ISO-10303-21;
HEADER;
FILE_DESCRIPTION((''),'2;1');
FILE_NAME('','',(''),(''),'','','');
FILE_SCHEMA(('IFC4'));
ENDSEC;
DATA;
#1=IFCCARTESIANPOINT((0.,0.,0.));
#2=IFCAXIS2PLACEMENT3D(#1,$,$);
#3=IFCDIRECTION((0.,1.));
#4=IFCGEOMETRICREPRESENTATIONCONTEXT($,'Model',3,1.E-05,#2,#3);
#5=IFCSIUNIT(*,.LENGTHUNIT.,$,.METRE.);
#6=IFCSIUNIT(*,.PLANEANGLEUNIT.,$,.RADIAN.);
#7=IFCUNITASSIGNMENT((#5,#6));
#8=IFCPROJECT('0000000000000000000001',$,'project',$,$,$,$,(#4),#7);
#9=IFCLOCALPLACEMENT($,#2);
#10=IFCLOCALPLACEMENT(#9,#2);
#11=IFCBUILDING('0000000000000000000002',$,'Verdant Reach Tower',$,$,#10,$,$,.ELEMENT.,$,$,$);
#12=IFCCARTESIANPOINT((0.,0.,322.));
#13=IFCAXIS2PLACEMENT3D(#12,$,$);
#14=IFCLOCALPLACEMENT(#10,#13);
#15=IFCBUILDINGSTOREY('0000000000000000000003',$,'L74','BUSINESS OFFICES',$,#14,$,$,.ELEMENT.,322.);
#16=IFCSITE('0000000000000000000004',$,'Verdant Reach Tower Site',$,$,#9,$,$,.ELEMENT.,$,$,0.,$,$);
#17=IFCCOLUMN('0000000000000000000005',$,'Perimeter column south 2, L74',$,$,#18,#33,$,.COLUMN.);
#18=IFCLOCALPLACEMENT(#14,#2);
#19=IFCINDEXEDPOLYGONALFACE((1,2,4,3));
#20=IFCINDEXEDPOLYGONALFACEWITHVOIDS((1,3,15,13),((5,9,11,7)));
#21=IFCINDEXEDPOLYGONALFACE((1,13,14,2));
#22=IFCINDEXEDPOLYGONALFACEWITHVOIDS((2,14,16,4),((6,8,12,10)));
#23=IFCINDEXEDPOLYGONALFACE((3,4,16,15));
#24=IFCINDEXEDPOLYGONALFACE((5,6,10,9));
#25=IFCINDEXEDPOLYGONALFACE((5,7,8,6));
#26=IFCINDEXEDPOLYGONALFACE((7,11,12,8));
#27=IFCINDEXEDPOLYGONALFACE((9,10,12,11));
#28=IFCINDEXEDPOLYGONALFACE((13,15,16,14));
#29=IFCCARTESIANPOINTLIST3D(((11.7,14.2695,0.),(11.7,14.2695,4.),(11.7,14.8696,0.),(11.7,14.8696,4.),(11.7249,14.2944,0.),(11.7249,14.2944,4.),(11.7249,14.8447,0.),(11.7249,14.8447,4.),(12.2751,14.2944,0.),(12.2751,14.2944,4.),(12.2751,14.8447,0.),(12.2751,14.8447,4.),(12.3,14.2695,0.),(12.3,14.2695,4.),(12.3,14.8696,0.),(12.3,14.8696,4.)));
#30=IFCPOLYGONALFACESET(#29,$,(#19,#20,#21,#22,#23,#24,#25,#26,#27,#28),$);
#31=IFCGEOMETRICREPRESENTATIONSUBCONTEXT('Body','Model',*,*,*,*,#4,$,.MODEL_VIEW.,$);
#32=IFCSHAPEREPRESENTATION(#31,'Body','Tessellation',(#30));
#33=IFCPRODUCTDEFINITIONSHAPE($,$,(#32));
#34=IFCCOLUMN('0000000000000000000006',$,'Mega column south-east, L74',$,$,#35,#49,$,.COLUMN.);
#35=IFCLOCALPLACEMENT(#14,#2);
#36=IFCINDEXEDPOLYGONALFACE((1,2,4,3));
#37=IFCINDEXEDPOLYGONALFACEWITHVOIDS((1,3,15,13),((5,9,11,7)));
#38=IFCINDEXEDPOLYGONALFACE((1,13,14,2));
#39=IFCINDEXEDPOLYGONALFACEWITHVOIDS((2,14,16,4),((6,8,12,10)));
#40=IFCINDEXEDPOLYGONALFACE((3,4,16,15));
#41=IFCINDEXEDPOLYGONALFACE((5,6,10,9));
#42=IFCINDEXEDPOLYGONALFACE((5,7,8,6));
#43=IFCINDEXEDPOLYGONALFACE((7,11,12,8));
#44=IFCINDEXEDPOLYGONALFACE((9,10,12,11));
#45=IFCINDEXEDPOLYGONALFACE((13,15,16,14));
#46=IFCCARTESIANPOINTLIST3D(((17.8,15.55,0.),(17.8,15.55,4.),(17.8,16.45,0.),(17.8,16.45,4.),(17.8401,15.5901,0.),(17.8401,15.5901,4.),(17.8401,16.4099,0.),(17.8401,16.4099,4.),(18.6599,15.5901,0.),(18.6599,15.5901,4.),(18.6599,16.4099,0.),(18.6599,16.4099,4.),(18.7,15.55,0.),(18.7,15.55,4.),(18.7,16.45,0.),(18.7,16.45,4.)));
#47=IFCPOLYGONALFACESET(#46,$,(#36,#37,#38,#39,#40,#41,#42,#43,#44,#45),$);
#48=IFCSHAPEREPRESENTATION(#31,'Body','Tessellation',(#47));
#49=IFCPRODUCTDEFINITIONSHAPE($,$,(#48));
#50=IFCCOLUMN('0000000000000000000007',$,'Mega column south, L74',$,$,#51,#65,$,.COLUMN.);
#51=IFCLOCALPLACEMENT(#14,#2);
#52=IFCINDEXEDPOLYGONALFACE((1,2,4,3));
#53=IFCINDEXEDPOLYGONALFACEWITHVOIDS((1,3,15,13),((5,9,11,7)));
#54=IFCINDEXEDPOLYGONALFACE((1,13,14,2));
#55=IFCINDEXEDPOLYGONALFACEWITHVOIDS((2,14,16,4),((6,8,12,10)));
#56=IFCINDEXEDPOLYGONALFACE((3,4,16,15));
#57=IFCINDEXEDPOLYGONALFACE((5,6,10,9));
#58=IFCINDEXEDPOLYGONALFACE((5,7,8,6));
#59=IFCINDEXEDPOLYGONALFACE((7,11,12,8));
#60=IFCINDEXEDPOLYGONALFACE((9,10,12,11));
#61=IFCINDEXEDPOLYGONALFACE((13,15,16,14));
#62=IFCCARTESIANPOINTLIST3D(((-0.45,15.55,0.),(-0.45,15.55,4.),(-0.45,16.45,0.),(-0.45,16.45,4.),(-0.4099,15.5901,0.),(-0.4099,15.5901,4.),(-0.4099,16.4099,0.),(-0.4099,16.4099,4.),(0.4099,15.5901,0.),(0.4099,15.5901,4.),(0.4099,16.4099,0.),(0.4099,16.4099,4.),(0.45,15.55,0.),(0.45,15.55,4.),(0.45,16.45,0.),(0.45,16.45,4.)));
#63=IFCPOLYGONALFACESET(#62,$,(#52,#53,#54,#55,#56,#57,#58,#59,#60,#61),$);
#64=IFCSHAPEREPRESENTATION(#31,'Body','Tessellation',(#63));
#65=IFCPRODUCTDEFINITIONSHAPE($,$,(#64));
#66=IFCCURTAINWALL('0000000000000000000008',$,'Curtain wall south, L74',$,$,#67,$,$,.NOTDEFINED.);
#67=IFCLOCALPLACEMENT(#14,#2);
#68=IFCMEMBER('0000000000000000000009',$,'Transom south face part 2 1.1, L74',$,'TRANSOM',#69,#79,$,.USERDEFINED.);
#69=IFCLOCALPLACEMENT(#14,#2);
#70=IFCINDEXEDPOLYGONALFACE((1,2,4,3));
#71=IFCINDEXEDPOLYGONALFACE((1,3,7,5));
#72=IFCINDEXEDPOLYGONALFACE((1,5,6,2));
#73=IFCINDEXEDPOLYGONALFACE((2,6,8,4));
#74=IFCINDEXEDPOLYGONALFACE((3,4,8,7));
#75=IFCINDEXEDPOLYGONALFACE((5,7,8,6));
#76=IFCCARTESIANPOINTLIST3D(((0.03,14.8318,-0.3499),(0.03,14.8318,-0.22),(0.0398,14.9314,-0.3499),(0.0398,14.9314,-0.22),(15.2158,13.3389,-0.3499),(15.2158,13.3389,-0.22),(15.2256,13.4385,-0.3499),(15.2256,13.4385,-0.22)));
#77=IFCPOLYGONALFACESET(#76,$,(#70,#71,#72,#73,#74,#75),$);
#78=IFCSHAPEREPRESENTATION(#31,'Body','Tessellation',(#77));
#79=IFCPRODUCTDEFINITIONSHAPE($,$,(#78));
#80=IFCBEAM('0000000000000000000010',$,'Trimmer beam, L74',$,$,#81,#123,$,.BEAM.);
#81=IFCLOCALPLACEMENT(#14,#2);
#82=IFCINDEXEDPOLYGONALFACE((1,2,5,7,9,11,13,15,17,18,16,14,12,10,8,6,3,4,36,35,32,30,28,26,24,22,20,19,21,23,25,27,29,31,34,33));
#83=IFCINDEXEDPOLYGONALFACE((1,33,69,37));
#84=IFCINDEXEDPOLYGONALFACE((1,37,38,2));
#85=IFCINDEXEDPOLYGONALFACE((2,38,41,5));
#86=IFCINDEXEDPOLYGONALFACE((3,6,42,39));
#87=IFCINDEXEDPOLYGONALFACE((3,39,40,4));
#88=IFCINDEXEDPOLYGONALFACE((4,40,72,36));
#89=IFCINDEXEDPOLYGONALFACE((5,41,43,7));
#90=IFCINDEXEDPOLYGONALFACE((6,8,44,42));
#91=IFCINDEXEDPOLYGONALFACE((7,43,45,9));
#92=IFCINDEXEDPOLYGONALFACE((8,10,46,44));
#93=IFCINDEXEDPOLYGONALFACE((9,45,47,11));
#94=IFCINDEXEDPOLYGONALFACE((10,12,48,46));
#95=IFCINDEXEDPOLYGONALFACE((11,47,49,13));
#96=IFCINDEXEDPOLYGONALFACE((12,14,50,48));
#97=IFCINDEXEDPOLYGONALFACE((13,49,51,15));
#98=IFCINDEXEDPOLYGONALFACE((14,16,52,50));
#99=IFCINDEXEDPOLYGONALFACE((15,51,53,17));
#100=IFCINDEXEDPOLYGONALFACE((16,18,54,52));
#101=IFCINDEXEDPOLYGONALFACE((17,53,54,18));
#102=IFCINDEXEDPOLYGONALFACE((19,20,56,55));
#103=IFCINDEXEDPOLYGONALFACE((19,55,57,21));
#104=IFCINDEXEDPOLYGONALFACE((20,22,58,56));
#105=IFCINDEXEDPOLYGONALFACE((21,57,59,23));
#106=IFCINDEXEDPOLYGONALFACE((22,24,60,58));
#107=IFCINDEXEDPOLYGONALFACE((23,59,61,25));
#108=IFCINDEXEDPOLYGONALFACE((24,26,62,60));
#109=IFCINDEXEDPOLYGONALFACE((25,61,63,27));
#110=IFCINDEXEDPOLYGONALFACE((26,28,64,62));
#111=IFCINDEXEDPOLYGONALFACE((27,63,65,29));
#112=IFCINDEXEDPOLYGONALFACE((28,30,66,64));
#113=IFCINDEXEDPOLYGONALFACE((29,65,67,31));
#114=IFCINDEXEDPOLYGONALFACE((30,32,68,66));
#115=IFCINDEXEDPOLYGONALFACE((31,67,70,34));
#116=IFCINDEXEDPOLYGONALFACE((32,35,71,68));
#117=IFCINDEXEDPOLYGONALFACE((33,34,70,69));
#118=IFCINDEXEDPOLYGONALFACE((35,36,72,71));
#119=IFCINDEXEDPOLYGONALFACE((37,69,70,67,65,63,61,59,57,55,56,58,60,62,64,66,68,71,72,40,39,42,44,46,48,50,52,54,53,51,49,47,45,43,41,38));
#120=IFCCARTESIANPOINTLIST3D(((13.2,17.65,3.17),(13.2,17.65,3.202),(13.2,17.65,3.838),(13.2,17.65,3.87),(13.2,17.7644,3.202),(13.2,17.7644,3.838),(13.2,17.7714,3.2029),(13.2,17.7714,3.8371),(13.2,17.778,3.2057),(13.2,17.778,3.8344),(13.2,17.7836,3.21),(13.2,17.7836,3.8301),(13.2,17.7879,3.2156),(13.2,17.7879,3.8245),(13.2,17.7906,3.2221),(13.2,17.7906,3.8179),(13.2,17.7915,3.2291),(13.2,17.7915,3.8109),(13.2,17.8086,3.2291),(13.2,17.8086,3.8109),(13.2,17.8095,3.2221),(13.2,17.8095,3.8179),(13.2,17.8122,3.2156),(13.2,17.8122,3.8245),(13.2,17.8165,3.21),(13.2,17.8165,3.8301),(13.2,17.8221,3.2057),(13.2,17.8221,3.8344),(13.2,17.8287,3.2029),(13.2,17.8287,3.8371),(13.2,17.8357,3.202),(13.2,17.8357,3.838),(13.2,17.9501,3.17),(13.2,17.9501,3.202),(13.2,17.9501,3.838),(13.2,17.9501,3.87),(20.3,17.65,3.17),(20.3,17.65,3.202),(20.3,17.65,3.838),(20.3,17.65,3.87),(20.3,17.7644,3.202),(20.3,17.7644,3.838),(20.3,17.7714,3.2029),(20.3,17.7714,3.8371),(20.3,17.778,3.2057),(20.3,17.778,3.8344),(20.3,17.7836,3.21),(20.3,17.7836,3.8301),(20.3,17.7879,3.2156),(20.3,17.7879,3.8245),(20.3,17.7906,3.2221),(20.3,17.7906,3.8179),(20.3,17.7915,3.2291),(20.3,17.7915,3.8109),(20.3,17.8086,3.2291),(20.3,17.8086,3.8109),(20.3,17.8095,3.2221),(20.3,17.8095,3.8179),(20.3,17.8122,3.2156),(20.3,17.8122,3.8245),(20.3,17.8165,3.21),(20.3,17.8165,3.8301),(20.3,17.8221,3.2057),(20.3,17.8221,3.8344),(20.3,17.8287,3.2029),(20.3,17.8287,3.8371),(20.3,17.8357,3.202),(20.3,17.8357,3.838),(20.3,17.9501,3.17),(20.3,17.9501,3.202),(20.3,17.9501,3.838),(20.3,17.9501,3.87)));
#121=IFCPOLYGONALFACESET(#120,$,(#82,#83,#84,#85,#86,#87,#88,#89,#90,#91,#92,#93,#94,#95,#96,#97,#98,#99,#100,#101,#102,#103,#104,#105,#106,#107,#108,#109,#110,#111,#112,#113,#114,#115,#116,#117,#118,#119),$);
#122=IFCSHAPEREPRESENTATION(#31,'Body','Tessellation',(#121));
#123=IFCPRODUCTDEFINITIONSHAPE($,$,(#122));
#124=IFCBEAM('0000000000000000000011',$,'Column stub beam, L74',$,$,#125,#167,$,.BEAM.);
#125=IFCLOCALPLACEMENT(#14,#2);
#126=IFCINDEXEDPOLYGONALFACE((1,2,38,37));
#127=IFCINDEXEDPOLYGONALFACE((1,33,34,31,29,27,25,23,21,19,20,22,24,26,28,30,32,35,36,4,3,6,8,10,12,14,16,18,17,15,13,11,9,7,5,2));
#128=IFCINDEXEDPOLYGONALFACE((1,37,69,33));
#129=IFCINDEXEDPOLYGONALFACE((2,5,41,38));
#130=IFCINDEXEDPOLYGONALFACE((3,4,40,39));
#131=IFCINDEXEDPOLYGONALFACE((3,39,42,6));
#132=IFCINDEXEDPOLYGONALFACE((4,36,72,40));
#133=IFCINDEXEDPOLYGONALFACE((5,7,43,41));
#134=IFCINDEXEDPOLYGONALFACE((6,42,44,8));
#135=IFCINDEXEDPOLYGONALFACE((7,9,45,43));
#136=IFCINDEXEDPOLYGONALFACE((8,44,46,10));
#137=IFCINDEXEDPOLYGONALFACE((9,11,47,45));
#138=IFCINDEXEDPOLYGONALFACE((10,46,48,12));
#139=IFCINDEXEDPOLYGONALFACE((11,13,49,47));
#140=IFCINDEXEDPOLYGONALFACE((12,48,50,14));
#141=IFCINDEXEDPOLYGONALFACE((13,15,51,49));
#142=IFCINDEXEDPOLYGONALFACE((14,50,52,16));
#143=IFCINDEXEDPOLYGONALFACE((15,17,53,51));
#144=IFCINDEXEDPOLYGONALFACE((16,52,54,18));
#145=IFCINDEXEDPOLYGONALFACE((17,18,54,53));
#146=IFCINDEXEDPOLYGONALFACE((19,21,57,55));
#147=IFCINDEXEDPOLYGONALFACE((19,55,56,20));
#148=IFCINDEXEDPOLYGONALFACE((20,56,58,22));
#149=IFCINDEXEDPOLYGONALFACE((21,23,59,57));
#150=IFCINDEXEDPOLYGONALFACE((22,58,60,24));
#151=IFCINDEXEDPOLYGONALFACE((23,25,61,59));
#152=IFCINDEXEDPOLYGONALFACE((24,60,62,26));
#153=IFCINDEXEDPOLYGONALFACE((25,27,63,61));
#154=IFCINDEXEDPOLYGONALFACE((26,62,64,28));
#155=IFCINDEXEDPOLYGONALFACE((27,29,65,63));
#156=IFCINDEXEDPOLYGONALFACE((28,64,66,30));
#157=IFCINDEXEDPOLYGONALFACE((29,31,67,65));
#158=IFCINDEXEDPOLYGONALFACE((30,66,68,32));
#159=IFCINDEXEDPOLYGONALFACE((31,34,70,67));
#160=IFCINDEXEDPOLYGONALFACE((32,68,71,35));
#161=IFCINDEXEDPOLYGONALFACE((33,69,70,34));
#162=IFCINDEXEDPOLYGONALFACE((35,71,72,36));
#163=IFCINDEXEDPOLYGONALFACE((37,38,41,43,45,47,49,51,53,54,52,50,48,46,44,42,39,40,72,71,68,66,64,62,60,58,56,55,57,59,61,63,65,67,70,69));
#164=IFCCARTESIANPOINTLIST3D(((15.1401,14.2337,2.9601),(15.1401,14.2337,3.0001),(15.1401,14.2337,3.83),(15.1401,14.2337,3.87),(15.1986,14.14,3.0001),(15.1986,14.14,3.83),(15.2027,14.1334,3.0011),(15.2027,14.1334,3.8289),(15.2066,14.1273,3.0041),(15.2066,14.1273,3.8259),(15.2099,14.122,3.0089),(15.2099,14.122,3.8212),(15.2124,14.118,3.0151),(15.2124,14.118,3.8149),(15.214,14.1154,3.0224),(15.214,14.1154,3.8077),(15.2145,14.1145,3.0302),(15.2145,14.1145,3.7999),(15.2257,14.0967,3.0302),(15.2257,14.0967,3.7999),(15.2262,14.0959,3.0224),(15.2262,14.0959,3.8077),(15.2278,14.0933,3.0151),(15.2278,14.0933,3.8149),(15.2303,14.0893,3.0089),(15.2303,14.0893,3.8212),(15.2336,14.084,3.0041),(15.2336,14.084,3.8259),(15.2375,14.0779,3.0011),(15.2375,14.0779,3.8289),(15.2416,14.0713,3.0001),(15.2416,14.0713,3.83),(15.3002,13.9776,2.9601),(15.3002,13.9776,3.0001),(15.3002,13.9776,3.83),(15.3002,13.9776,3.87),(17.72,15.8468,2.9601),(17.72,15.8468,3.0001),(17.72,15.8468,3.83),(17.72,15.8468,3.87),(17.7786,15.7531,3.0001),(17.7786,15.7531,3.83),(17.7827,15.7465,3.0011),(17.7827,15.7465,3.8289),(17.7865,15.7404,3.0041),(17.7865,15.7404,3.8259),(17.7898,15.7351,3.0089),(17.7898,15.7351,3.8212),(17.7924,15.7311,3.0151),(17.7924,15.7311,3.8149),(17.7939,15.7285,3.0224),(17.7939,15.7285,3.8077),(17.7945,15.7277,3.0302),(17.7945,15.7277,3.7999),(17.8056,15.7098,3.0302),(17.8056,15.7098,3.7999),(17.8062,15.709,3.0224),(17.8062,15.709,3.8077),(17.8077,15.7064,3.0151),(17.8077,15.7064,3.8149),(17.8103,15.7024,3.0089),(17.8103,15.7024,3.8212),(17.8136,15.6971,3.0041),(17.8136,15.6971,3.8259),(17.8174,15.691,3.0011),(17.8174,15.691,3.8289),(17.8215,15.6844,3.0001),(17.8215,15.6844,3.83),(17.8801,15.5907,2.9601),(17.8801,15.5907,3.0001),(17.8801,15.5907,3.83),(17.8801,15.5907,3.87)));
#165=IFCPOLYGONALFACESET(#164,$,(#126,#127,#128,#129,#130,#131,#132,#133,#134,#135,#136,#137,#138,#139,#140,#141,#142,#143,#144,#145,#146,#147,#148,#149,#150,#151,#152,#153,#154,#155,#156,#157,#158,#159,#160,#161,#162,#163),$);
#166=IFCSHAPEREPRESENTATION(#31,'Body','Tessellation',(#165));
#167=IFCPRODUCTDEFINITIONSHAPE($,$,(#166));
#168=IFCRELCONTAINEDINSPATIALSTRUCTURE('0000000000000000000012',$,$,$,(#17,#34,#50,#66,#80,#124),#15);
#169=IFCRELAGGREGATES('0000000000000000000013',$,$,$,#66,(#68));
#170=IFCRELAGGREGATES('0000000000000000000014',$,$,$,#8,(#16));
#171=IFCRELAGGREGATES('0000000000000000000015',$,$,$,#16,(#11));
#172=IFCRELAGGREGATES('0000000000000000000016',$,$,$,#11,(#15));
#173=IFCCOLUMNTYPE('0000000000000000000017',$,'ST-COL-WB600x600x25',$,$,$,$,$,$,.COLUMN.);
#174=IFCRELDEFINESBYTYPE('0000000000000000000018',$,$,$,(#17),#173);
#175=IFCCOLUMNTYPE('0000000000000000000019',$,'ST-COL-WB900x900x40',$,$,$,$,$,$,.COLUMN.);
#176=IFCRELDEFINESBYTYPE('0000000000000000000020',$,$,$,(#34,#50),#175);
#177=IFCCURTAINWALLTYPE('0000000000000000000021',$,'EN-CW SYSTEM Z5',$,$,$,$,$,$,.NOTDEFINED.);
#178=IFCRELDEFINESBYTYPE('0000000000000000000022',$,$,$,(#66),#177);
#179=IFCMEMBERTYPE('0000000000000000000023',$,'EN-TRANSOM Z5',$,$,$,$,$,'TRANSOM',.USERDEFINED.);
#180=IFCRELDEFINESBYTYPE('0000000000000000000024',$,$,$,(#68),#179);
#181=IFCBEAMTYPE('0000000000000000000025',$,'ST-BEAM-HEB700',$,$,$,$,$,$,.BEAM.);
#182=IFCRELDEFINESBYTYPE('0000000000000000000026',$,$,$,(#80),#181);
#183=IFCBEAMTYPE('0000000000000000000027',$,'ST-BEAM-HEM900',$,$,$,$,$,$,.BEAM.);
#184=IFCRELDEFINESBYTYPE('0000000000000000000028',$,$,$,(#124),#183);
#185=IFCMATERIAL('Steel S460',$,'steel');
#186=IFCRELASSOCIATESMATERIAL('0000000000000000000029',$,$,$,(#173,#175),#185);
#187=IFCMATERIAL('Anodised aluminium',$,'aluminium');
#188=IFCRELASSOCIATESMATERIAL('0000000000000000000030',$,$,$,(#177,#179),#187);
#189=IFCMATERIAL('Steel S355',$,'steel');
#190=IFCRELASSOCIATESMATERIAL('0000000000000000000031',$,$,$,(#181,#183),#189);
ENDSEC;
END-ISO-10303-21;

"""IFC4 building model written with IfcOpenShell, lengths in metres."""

from ifc_helpers import new_model, si_unit, direction, frame, origin, origin_2d, place, context, subcontext, project, spatial, rectangle, hollow_rectangle, i_section, extrude, material, material_profile, profile_set, type_object, element, aggregate, save


model = new_model("IFC4")

# Units and contexts
model_context = context("Model", 3, precision=1e-05, world=origin(), true_north=direction((0.0, 1.0)))
body_context = subcontext(model_context, "Body", "Model", "MODEL_VIEW")
ifc_project = project(units=[si_unit("LENGTHUNIT", "METRE"), si_unit("PLANEANGLEUNIT", "RADIAN")], contexts=[model_context])

# Site, building, storey
site_placement = place(None, origin())
site = spatial("IfcSite", under=ifc_project, at=site_placement, Name="Verdant Reach Tower Site", CompositionType="ELEMENT", RefElevation=0.0)
building_placement = place(site_placement, origin())
building = spatial("IfcBuilding", under=site, at=building_placement, Name="Verdant Reach Tower", CompositionType="ELEMENT")
storey_placement = place(building_placement, frame((0.0, 0.0, 322.0)))
storey = spatial("IfcBuildingStorey", under=building, at=storey_placement, Name="L74", Description="BUSINESS OFFICES", CompositionType="ELEMENT", Elevation=322.0)

# Columns
ifc_material_1 = material(Name="Steel S460", Category="steel")
ifc_material_profile_1 = material_profile(ifc_material_1, hollow_rectangle(XDim=0.6001, YDim=0.6001, WallThickness=0.0249, at=origin_2d()), Name="WB 600x600x25")
ifc_profile_set_1 = profile_set([ifc_material_profile_1], Name="Steel S460")
column_type_1 = type_object("IfcColumnType", Name="ST-COL-WB600x600x25", PredefinedType="COLUMN", material=ifc_profile_set_1)
column_placement = place(storey_placement, frame((12.0, 14.5696, 0.0), z_axis=(0.0, 0.0, 1.0), x_axis=(1.0, 0.0, 0.0)))
element("IfcColumn", 1, at=column_placement, inside=storey, type_object=column_type_1, Name="Perimeter column south 2, L74", PredefinedType="COLUMN", context=body_context, shape_type="SweptSolid", body=[
    extrude(hollow_rectangle(XDim=0.6001, YDim=0.6001, WallThickness=0.0249, at=origin_2d()), origin(), (0.0, 0.0, 1.0), 4.0),
])
ifc_material_profile_2 = material_profile(ifc_material_1, hollow_rectangle(XDim=0.8999, YDim=0.8999, WallThickness=0.04, at=origin_2d()), Name="WB 900x900x40")
ifc_profile_set_2 = profile_set([ifc_material_profile_2], Name="Steel S460")
column_type_2 = type_object("IfcColumnType", Name="ST-COL-WB900x900x40", PredefinedType="COLUMN", material=ifc_profile_set_2)
for number, where, z_axis, x_axis, name in (
    (2, (18.25, 16.0, 0.0), (0.0, 0.0, 1.0), (1.0, 0.0, 0.0), "Mega column south-east, L74"),
    (3, (0.0, 16.0, 0.0), (0.0, 0.0, 1.0), (1.0, 0.0, 0.0), "Mega column south, L74"),
):
    element("IfcColumn", number, at=place(storey_placement, frame(where, z_axis=z_axis, x_axis=x_axis)), inside=storey, type_object=column_type_2, Name=name, PredefinedType="COLUMN", context=body_context, shape_type="SweptSolid", body=[
        extrude(hollow_rectangle(XDim=0.8999, YDim=0.8999, WallThickness=0.04, at=origin_2d()), origin(), (0.0, 0.0, 1.0), 4.0),
    ])

# Curtain wall, member
ifc_material_2 = material(Name="Anodised aluminium", Category="aluminium")
curtain_wall_type = type_object("IfcCurtainWallType", Name="EN-CW SYSTEM Z5", PredefinedType="NOTDEFINED", material=ifc_material_2)
curtain_wall_1_placement = place(storey_placement, origin())
curtain_wall_1 = element("IfcCurtainWall", 4, at=curtain_wall_1_placement, inside=storey, type_object=curtain_wall_type, Name="Curtain wall south, L74", PredefinedType="NOTDEFINED")
ifc_material_profile_3 = material_profile(ifc_material_2, rectangle(XDim=0.1001, YDim=0.1299, at=origin_2d()), Name="Transom 130x100")
ifc_profile_set_3 = profile_set([ifc_material_profile_3], Name="Anodised aluminium")
member_type = type_object("IfcMemberType", Name="EN-TRANSOM Z5", ElementType="TRANSOM", PredefinedType="USERDEFINED", material=ifc_profile_set_3)
member_placement = place(storey_placement, frame((0.0349, 14.8816, -0.2849), z_axis=(0.995202, -0.097839, 0.0), x_axis=(0.097839, 0.995202, 0.0)))
member = element("IfcMember", 5, at=member_placement, type_object=member_type, Name="Transom south face part 2 1.1, L74", ObjectType="TRANSOM", PredefinedType="USERDEFINED", context=body_context, shape_type="SweptSolid", body=[
    extrude(rectangle(XDim=0.1001, YDim=0.1299, at=origin_2d()), origin(), (0.0, 0.0, 1.0), 15.259),
])

# Beams
ifc_material_3 = material(Name="Steel S355", Category="steel")
ifc_material_profile_4 = material_profile(ifc_material_3, i_section(OverallWidth=0.3, OverallDepth=0.7, WebThickness=0.0171, FlangeThickness=0.032, FilletRadius=0.0271, at=origin_2d()), Name="HEB 700")
ifc_profile_set_4 = profile_set([ifc_material_profile_4], Name="Steel S355")
beam_type_1 = type_object("IfcBeamType", Name="ST-BEAM-HEB700", PredefinedType="BEAM", material=ifc_profile_set_4)
beam_1_placement = place(storey_placement, frame((13.2, 17.8, 3.52), z_axis=(1.0, 0.0, 0.0), x_axis=(0.0, 1.0, 0.0)))
element("IfcBeam", 6, at=beam_1_placement, inside=storey, type_object=beam_type_1, Name="Trimmer beam, L74", PredefinedType="BEAM", context=body_context, shape_type="SweptSolid", body=[
    extrude(i_section(OverallWidth=0.3, OverallDepth=0.7, WebThickness=0.0171, FlangeThickness=0.032, FilletRadius=0.0271, at=origin_2d()), origin(), (0.0, 0.0, 1.0), 7.1001),
])
ifc_material_profile_5 = material_profile(ifc_material_3, i_section(OverallWidth=0.302, OverallDepth=0.9099, WebThickness=0.021, FlangeThickness=0.04, FilletRadius=0.03, at=origin_2d()), Name="HEM 900")
ifc_profile_set_5 = profile_set([ifc_material_profile_5], Name="Steel S355")
beam_type_2 = type_object("IfcBeamType", Name="ST-BEAM-HEM900", PredefinedType="BEAM", material=ifc_profile_set_5)
beam_2_placement = place(storey_placement, frame((17.8, 15.7188, 3.415), z_axis=(-0.847904, -0.53015, 0.0), x_axis=(0.53015, -0.847904, 0.0)))
element("IfcBeam", 7, at=beam_2_placement, inside=storey, type_object=beam_type_2, Name="Column stub beam, L74", PredefinedType="BEAM", context=body_context, shape_type="SweptSolid", body=[
    extrude(i_section(OverallWidth=0.302, OverallDepth=0.9099, WebThickness=0.021, FlangeThickness=0.04, FilletRadius=0.03, at=origin_2d()), origin(), (0.0, 0.0, 1.0), 3.0427),
])

aggregate(curtain_wall_1, [member])

save(model, "model.ifc")
